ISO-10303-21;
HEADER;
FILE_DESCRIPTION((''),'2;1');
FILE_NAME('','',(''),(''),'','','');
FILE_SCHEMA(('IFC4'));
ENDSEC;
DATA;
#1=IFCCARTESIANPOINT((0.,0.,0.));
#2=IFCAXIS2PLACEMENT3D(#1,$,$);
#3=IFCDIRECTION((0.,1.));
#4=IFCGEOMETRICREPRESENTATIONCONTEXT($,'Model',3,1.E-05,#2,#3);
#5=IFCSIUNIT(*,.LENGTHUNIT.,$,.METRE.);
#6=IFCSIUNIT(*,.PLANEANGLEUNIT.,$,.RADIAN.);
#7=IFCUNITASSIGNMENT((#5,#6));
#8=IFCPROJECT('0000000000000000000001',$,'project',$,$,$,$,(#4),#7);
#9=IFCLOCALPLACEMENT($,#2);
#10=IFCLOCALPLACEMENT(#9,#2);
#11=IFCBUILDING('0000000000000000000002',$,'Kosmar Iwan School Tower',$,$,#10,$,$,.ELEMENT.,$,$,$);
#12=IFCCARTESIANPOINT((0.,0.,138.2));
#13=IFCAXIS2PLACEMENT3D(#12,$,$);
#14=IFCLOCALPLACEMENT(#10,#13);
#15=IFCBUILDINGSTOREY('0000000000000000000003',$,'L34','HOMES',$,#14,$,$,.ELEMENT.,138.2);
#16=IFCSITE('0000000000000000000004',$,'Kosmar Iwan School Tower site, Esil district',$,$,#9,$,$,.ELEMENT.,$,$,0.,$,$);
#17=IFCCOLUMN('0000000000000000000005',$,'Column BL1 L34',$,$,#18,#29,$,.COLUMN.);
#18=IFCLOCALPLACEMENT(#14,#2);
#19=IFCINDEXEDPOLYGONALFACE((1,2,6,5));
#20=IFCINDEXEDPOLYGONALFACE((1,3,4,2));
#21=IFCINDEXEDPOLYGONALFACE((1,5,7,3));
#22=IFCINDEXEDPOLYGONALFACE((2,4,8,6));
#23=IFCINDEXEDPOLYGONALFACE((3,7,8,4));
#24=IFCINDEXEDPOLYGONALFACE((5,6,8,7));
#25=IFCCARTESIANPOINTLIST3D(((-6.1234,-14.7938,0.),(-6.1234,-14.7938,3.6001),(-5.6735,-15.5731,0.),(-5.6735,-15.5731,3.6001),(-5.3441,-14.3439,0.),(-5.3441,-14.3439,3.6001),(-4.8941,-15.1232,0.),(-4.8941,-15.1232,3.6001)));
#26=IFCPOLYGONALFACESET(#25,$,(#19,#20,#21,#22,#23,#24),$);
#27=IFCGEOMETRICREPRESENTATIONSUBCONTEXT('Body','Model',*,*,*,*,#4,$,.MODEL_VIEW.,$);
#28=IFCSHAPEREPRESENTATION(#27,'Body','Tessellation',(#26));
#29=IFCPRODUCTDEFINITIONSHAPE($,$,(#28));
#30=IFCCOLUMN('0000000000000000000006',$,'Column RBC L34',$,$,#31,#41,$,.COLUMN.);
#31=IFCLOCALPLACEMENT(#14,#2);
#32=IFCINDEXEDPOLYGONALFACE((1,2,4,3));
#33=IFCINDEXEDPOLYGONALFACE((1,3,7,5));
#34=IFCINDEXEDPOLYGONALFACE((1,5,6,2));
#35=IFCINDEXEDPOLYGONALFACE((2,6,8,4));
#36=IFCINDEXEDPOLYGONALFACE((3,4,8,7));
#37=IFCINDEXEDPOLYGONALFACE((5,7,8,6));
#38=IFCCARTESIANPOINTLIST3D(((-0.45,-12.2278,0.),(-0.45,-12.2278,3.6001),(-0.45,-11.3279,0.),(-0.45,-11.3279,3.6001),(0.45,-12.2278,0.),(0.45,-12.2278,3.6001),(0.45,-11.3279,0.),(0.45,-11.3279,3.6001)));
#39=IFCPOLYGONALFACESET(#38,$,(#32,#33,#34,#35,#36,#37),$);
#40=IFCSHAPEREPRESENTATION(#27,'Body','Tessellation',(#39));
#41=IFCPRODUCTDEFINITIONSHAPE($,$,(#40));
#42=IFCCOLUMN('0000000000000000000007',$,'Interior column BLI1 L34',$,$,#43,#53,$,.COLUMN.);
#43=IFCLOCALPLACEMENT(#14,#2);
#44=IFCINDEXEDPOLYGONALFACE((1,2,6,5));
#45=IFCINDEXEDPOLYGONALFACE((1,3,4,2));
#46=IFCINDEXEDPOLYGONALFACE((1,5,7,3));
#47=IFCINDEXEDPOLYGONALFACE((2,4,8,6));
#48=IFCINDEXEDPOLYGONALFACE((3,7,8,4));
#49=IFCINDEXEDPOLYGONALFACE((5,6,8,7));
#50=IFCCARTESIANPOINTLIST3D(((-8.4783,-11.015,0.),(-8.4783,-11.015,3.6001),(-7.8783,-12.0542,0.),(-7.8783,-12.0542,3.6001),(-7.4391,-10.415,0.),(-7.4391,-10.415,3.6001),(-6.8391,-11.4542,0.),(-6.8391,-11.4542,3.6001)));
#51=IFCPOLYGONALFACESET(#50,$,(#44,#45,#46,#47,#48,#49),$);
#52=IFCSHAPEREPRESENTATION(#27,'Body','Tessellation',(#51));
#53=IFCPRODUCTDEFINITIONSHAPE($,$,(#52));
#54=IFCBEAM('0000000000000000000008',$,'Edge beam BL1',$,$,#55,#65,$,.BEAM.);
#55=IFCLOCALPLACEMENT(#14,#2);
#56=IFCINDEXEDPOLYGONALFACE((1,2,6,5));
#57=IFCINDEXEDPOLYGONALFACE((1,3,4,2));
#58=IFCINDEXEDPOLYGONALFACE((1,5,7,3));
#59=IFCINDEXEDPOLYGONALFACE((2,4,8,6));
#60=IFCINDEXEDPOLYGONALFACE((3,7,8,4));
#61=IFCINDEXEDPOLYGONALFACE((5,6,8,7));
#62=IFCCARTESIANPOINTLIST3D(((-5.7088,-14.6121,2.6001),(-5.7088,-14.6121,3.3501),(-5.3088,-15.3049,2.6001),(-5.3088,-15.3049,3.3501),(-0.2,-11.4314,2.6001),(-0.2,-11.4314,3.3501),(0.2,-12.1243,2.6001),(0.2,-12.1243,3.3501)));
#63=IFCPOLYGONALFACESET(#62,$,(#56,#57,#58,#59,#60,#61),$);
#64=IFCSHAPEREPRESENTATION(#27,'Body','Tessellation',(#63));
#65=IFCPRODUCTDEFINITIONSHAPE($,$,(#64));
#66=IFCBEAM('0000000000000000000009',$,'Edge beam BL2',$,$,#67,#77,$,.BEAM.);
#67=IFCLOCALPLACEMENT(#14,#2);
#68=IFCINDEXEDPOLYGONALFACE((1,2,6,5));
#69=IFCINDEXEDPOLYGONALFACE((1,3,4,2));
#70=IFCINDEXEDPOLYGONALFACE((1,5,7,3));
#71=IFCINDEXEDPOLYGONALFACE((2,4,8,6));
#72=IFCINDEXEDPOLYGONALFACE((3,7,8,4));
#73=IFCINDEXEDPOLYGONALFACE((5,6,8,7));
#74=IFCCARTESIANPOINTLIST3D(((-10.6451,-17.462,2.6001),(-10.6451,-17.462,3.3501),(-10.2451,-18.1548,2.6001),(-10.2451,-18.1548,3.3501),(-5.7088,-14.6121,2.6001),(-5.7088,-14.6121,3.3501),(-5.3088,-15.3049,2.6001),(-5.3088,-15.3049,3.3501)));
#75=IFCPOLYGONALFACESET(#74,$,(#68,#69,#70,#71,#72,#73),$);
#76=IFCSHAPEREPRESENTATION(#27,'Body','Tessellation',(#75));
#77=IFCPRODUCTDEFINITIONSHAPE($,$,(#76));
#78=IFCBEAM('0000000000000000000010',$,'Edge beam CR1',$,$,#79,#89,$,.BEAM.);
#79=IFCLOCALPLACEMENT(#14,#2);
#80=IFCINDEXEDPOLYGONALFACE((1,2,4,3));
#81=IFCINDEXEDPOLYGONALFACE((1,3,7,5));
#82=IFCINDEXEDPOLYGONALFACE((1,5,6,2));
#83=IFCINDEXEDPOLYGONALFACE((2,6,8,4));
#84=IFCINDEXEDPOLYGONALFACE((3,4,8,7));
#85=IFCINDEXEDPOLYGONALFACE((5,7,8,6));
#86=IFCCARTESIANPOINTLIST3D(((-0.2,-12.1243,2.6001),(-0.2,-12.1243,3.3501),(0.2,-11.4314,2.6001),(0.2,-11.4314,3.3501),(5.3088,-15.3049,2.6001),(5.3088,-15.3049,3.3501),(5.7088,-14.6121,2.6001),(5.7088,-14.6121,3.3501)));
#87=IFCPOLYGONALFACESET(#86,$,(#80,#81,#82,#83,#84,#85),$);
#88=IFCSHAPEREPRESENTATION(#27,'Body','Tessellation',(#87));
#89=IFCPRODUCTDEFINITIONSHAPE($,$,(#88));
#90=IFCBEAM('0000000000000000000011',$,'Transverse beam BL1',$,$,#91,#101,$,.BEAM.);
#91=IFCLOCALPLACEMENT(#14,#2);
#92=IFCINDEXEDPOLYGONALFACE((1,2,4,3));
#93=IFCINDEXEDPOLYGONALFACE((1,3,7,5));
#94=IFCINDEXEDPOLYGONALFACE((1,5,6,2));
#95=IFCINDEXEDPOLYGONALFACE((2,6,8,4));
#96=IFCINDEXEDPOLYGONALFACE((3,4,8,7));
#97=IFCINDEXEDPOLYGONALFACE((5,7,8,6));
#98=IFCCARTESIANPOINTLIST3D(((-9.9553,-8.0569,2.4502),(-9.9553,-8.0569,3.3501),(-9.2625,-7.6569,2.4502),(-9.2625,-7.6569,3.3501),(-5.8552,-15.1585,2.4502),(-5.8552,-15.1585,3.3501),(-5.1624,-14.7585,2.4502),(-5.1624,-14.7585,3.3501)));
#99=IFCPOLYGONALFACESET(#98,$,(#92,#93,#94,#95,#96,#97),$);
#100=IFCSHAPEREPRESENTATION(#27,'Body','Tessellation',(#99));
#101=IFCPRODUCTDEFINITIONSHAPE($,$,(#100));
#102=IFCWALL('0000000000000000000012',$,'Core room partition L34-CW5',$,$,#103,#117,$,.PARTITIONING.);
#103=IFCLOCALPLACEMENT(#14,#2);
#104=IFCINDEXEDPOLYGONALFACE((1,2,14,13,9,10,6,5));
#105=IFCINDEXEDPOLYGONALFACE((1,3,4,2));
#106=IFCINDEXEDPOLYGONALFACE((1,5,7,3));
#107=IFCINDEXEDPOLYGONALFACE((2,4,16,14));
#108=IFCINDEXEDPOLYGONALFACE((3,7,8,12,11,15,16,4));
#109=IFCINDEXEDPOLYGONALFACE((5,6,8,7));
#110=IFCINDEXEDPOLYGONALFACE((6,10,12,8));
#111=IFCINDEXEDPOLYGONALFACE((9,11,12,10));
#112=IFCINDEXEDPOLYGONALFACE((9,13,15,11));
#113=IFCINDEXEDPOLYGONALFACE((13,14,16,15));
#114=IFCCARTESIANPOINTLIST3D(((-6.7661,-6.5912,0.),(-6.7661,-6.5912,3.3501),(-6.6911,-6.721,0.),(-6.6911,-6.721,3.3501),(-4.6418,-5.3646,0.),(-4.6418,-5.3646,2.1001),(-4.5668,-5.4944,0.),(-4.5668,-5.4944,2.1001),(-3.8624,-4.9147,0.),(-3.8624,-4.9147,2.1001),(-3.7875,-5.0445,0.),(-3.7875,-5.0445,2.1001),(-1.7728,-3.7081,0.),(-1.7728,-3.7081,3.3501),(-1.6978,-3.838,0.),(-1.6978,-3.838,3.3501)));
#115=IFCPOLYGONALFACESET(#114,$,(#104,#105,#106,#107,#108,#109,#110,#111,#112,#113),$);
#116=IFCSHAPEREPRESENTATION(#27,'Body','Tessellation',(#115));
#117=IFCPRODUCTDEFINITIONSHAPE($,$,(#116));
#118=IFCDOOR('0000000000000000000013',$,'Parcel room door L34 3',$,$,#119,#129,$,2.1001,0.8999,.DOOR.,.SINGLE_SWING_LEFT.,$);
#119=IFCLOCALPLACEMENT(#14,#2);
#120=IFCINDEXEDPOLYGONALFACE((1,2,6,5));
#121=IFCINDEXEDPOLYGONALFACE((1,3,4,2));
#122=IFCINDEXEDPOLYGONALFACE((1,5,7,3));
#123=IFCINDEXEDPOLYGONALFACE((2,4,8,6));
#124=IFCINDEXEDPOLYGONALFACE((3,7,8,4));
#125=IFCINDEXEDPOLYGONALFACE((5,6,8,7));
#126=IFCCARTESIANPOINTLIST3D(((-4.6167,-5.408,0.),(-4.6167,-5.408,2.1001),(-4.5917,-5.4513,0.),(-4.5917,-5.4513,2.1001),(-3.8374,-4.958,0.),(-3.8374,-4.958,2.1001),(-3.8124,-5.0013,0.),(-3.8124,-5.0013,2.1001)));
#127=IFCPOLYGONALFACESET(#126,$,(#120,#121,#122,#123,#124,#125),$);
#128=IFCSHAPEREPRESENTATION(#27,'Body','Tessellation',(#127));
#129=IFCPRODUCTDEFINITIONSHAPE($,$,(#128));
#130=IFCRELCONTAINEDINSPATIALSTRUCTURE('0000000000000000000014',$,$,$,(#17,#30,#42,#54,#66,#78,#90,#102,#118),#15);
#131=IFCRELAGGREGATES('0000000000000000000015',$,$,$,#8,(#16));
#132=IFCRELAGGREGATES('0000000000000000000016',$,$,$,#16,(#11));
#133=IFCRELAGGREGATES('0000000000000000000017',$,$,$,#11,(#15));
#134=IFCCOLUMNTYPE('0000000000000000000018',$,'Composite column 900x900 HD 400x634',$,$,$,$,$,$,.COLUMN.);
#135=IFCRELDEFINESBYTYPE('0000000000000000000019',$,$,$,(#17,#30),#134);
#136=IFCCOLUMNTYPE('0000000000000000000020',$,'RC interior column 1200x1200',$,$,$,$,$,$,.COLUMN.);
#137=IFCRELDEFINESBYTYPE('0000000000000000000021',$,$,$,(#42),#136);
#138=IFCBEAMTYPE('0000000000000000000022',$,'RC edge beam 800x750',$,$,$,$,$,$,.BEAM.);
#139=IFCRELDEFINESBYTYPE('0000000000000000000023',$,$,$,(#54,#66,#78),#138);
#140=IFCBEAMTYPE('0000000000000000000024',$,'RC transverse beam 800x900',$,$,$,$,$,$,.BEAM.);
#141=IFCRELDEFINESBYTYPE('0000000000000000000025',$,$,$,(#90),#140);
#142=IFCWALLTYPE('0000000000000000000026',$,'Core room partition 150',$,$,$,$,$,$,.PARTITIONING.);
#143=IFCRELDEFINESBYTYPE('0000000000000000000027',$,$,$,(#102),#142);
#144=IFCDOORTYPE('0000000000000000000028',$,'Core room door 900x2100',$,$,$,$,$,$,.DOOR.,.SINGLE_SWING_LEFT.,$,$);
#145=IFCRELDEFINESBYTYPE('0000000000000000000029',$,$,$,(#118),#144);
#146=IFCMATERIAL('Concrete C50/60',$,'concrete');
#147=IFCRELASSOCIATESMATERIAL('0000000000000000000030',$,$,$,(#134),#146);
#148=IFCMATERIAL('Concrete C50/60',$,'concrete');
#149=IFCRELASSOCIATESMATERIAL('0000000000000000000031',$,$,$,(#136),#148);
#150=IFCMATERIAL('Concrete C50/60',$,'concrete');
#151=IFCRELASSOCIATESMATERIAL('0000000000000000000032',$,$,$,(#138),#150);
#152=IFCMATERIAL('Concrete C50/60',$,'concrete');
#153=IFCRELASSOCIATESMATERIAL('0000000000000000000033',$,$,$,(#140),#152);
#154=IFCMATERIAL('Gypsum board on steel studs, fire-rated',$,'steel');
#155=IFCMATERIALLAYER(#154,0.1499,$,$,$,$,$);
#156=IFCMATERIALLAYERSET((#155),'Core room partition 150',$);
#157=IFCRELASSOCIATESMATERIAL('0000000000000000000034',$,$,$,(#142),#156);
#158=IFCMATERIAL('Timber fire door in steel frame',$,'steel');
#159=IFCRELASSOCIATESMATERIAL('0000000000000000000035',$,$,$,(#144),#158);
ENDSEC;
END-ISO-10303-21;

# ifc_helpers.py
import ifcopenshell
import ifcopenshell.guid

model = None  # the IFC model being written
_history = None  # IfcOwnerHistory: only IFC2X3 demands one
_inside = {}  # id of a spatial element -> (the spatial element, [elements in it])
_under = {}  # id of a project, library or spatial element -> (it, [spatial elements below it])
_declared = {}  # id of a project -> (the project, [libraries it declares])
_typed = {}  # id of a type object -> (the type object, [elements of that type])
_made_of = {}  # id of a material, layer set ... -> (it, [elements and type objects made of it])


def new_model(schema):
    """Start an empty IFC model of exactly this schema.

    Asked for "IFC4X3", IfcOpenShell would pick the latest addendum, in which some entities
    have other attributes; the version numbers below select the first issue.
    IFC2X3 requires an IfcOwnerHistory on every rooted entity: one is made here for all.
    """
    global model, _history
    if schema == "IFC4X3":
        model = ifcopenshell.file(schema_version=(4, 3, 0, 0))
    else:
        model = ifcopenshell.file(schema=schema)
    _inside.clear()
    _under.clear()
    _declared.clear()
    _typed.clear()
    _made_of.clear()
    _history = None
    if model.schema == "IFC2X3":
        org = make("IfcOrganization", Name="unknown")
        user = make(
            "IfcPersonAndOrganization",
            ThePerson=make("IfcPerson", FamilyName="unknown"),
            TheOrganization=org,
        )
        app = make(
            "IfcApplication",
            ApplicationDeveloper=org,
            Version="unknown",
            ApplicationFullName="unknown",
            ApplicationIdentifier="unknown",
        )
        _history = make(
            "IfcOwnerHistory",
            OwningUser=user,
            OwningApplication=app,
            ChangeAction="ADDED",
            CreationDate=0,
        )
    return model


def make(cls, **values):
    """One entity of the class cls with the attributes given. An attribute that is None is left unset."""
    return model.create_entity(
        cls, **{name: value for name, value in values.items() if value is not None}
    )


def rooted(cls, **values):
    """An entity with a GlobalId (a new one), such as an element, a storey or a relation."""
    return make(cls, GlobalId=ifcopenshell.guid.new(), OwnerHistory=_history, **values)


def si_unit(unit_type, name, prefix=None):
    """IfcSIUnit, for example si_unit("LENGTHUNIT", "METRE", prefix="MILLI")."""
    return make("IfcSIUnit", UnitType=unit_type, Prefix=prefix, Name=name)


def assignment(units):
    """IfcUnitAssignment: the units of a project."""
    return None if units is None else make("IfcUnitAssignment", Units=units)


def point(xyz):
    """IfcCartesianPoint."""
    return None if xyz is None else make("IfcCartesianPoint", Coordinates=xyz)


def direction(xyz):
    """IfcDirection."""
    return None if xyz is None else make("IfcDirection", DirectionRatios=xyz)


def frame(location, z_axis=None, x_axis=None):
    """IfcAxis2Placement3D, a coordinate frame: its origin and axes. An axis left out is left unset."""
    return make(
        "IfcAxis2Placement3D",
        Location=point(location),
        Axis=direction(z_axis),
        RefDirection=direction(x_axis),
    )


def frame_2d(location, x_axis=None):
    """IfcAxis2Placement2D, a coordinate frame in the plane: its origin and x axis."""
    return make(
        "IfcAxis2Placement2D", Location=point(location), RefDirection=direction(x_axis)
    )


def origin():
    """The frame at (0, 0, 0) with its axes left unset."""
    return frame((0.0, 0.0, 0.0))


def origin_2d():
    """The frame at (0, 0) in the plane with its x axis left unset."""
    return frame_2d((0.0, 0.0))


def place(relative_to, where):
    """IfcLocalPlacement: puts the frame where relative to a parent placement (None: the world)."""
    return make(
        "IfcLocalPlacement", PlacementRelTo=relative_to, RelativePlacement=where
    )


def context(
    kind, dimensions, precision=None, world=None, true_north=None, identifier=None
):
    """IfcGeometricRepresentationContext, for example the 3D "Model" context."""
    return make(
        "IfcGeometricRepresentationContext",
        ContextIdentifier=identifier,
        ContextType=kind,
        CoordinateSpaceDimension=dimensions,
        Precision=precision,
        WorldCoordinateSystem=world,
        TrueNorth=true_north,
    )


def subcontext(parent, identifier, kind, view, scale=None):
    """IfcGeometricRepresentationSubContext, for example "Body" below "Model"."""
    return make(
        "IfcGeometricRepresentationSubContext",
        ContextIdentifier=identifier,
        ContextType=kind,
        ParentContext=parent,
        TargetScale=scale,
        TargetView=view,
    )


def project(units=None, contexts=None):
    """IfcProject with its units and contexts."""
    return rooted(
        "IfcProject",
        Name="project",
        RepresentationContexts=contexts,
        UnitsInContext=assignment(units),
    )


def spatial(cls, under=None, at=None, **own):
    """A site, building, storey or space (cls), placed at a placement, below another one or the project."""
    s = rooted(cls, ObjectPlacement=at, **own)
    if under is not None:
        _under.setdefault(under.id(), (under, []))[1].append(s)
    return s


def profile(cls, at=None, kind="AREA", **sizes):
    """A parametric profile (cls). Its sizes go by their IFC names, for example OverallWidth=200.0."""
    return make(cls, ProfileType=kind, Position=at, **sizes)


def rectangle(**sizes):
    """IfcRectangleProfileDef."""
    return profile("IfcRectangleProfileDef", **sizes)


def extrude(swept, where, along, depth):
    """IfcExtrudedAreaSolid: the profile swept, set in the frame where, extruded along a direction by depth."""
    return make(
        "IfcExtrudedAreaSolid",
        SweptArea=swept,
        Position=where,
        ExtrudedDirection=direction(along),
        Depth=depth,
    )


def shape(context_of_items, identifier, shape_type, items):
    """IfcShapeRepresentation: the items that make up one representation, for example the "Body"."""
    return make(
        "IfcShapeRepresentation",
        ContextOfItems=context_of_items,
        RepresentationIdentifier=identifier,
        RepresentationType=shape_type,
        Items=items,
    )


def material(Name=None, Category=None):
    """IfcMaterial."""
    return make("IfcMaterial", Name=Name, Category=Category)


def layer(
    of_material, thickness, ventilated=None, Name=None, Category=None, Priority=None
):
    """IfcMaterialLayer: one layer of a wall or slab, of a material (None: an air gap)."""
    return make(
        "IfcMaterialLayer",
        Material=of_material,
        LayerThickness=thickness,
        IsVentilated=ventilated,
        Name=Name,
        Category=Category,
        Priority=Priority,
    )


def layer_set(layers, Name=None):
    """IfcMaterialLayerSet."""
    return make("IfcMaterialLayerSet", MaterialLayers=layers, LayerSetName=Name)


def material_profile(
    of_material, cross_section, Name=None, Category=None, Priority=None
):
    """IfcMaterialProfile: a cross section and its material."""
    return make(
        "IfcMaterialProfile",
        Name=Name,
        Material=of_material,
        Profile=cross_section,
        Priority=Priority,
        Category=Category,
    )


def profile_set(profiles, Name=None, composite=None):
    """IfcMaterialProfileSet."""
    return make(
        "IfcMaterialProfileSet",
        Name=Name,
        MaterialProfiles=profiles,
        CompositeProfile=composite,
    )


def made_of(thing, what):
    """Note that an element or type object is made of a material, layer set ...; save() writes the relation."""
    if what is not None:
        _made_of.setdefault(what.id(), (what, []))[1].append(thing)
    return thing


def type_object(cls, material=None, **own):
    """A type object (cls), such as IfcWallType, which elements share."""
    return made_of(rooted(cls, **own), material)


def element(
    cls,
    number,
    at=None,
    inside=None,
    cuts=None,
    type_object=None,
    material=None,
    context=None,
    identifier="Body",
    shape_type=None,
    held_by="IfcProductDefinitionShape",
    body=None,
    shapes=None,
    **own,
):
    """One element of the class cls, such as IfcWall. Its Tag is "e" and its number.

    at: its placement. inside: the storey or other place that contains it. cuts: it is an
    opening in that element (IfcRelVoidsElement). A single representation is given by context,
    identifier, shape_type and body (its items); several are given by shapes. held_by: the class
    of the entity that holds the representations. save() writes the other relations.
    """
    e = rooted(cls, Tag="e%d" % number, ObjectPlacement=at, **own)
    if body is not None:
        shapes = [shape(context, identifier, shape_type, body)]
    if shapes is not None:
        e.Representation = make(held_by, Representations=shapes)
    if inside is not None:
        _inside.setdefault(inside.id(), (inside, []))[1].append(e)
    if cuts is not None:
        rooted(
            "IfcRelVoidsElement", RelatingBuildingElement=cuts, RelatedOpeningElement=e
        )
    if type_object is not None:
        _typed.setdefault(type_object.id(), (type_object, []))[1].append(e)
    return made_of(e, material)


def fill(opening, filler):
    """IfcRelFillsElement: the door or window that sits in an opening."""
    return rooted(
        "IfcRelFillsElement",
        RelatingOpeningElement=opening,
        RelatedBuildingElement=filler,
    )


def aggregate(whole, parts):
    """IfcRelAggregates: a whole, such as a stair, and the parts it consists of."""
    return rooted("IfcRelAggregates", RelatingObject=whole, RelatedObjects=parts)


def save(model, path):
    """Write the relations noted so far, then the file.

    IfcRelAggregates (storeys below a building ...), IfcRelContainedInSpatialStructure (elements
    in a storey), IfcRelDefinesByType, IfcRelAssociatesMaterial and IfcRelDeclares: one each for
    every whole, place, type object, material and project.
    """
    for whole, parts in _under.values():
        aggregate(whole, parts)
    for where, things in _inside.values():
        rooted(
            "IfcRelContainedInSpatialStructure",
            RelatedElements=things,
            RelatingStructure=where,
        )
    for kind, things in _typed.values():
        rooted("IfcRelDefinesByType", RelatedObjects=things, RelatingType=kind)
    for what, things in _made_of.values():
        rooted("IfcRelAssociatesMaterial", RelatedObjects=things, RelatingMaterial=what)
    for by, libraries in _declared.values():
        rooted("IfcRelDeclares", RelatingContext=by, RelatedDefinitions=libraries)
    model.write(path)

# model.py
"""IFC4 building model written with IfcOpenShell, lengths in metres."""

from ifc_helpers import new_model, si_unit, direction, frame, frame_2d, origin, origin_2d, place, context, subcontext, project, spatial, rectangle, extrude, material, layer, layer_set, material_profile, profile_set, type_object, element, fill, save


model = new_model("IFC4")

# Units and contexts
model_context = context("Model", 3, precision=1e-05, world=origin(), true_north=direction((0.0, 1.0)))
body_context = subcontext(model_context, "Body", "Model", "MODEL_VIEW")
ifc_project = project(units=[si_unit("LENGTHUNIT", "METRE"), si_unit("PLANEANGLEUNIT", "RADIAN")], contexts=[model_context])

# Site, building, storey
site_placement = place(None, origin())
site = spatial("IfcSite", under=ifc_project, at=site_placement, Name="Kosmar Iwan School Tower site, Esil district", CompositionType="ELEMENT", RefElevation=0.0)
building_placement = place(site_placement, origin())
building = spatial("IfcBuilding", under=site, at=building_placement, Name="Kosmar Iwan School Tower", CompositionType="ELEMENT")
storey_placement = place(building_placement, frame((0.0, 0.0, 138.2)))
storey = spatial("IfcBuildingStorey", under=building, at=storey_placement, Name="L34", Description="HOMES", CompositionType="ELEMENT", Elevation=138.2)

# Columns
ifc_material_1 = material(Name="Concrete C50/60", Category="concrete")
ifc_material_profile_1 = material_profile(ifc_material_1, rectangle(XDim=0.8999, YDim=0.8999, at=origin_2d()), Name="RC 900x900 + HD 400x634")
ifc_profile_set_1 = profile_set([ifc_material_profile_1], Name="Concrete C50/60")
column_type_1 = type_object("IfcColumnType", Name="Composite column 900x900 HD 400x634", PredefinedType="COLUMN", material=ifc_profile_set_1)
for number, where, z_axis, x_axis, name in (
    (1, (-5.5088, -14.9585, 0.0), (0.0, 0.0, 1.0), (-0.866025, -0.5, 0.0), "Column BL1 L34"),
    (2, (0.0, -11.7778, 0.0), (0.0, 0.0, 1.0), (1.0, 0.0, 0.0), "Column RBC L34"),
):
    element("IfcColumn", number, at=place(storey_placement, frame(where, z_axis=z_axis, x_axis=x_axis)), inside=storey, type_object=column_type_1, Name=name, PredefinedType="COLUMN", context=body_context, shape_type="SweptSolid", body=[
        extrude(rectangle(XDim=0.8999, YDim=0.8999, at=origin_2d()), origin(), (0.0, 0.0, 1.0), 3.6001),
    ])
ifc_material_2 = material(Name="Concrete C50/60", Category="concrete")
ifc_material_profile_2 = material_profile(ifc_material_2, rectangle(XDim=1.2, YDim=1.2, at=origin_2d()), Name="RC 1200x1200")
ifc_profile_set_2 = profile_set([ifc_material_profile_2], Name="Concrete C50/60")
column_type_2 = type_object("IfcColumnType", Name="RC interior column 1200x1200", PredefinedType="COLUMN", material=ifc_profile_set_2)
column_placement = place(storey_placement, frame((-7.6587, -11.2346, 0.0), z_axis=(0.0, 0.0, 1.0), x_axis=(-0.866025, -0.5, 0.0)))
element("IfcColumn", 3, at=column_placement, inside=storey, type_object=column_type_2, Name="Interior column BLI1 L34", PredefinedType="COLUMN", context=body_context, shape_type="SweptSolid", body=[
    extrude(rectangle(XDim=1.2, YDim=1.2, at=origin_2d()), origin(), (0.0, 0.0, 1.0), 3.6001),
])

# Beams
ifc_material_3 = material(Name="Concrete C50/60", Category="concrete")
ifc_material_profile_3 = material_profile(ifc_material_3, rectangle(XDim=0.8, YDim=0.75, at=origin_2d()), Name="RC 800x750")
ifc_profile_set_3 = profile_set([ifc_material_profile_3], Name="Concrete C50/60")
beam_type_1 = type_object("IfcBeamType", Name="RC edge beam 800x750", PredefinedType="BEAM", material=ifc_profile_set_3)
beam_1_placement = place(storey_placement, frame((0.0, -11.7778, 2.9751), z_axis=(-0.866014, -0.500019, 0.0), x_axis=(0.500019, -0.866014, 0.0)))
element("IfcBeam", 4, at=beam_1_placement, inside=storey, type_object=beam_type_1, Name="Edge beam BL1", PredefinedType="BEAM", context=body_context, shape_type="SweptSolid", body=[
    extrude(rectangle(XDim=0.8, YDim=0.75, at=origin_2d()), origin(), (0.0, 0.0, 1.0), 6.3611),
])
beam_2_placement = place(storey_placement, frame((-5.5088, -14.9585, 2.9751), z_axis=(-0.866034, -0.499986, 0.0), x_axis=(0.499986, -0.866034, 0.0)))
element("IfcBeam", 5, at=beam_2_placement, inside=storey, type_object=beam_type_1, Name="Edge beam BL2", PredefinedType="BEAM", context=body_context, shape_type="SweptSolid", body=[
    extrude(rectangle(XDim=0.8, YDim=0.75, at=origin_2d()), origin(), (0.0, 0.0, 1.0), 5.7),
])
beam_3_placement = place(storey_placement, frame((0.0, -11.7778, 2.9751), z_axis=(0.866014, -0.500019, 0.0), x_axis=(0.500019, 0.866014, 0.0)))
element("IfcBeam", 6, at=beam_3_placement, inside=storey, type_object=beam_type_1, Name="Edge beam CR1", PredefinedType="BEAM", context=body_context, shape_type="SweptSolid", body=[
    extrude(rectangle(XDim=0.8, YDim=0.75, at=origin_2d()), origin(), (0.0, 0.0, 1.0), 6.3611),
])
ifc_material_4 = material(Name="Concrete C50/60", Category="concrete")
ifc_material_profile_4 = material_profile(ifc_material_4, rectangle(XDim=0.8, YDim=0.8999, at=origin_2d()), Name="RC 800x900")
ifc_profile_set_4 = profile_set([ifc_material_profile_4], Name="Concrete C50/60")
beam_type_2 = type_object("IfcBeamType", Name="RC transverse beam 800x900", PredefinedType="BEAM", material=ifc_profile_set_4)
beam_4_placement = place(storey_placement, frame((-5.5088, -14.9585, 2.9001), z_axis=(-0.500001, 0.866025, 0.0), x_axis=(-0.866025, -0.500001, 0.0)))
element("IfcBeam", 7, at=beam_4_placement, inside=storey, type_object=beam_type_2, Name="Transverse beam BL1", PredefinedType="BEAM", context=body_context, shape_type="SweptSolid", body=[
    extrude(rectangle(XDim=0.8, YDim=0.8999, at=origin_2d()), origin(), (0.0, 0.0, 1.0), 8.2002),
])

# Wall, opening, door
ifc_material_5 = material(Name="Gypsum board on steel studs, fire-rated", Category="steel")
ifc_layer_1 = layer(ifc_material_5, 0.1499)
ifc_layer_set_1 = layer_set([ifc_layer_1], Name="Core room partition 150")
wall_type_1 = type_object("IfcWallType", Name="Core room partition 150", PredefinedType="PARTITIONING", material=ifc_layer_set_1)
wall_1_placement = place(storey_placement, frame((-6.7285, -6.656, 0.0), z_axis=(0.0, 0.0, 1.0), x_axis=(0.866017, 0.500014, 0.0)))
wall_1 = element("IfcWall", 8, at=wall_1_placement, inside=storey, type_object=wall_type_1, Name="Core room partition L34-CW5", PredefinedType="PARTITIONING", context=body_context, shape_type="SweptSolid", body=[
    extrude(rectangle(XDim=5.7659, YDim=0.1499, at=frame_2d((2.8828, 0.0))), origin(), (0.0, 0.0, 1.0), 3.3501),
])
opening_1_placement = place(wall_1_placement, frame((2.4529, 0.0, 0.0)))
opening_1 = element("IfcOpeningElement", 9, at=opening_1_placement, cuts=wall_1, PredefinedType="OPENING", context=body_context, shape_type="SweptSolid", body=[
    extrude(rectangle(XDim=0.8999, YDim=2.1001, at=frame_2d((0.45, 1.05))), frame((0.0, 0.0869, 0.0), z_axis=(0.0, -1.0, 0.0), x_axis=(1.0, 0.0, 0.0)), (0.0, 0.0, 1.0), 0.1738),
])
ifc_material_6 = material(Name="Timber fire door in steel frame", Category="steel")
door_type_1 = type_object("IfcDoorType", Name="Core room door 900x2100", OperationType="SINGLE_SWING_LEFT", PredefinedType="DOOR", material=ifc_material_6)
door_1_placement = place(opening_1_placement, origin())
door_1 = element("IfcDoor", 10, at=door_1_placement, inside=storey, type_object=door_type_1, Name="Parcel room door L34 3", OperationType="SINGLE_SWING_LEFT", OverallHeight=2.1001, OverallWidth=0.8999, PredefinedType="DOOR", context=body_context, shape_type="SweptSolid", body=[
    extrude(rectangle(XDim=0.8999, YDim=2.1001, at=frame_2d((0.45, 1.05))), frame((0.0, 0.0249, 0.0), z_axis=(0.0, -1.0, 0.0), x_axis=(1.0, 0.0, 0.0)), (0.0, 0.0, 1.0), 0.05),
])
fill(opening_1, door_1)

save(model, "model.ifc")
